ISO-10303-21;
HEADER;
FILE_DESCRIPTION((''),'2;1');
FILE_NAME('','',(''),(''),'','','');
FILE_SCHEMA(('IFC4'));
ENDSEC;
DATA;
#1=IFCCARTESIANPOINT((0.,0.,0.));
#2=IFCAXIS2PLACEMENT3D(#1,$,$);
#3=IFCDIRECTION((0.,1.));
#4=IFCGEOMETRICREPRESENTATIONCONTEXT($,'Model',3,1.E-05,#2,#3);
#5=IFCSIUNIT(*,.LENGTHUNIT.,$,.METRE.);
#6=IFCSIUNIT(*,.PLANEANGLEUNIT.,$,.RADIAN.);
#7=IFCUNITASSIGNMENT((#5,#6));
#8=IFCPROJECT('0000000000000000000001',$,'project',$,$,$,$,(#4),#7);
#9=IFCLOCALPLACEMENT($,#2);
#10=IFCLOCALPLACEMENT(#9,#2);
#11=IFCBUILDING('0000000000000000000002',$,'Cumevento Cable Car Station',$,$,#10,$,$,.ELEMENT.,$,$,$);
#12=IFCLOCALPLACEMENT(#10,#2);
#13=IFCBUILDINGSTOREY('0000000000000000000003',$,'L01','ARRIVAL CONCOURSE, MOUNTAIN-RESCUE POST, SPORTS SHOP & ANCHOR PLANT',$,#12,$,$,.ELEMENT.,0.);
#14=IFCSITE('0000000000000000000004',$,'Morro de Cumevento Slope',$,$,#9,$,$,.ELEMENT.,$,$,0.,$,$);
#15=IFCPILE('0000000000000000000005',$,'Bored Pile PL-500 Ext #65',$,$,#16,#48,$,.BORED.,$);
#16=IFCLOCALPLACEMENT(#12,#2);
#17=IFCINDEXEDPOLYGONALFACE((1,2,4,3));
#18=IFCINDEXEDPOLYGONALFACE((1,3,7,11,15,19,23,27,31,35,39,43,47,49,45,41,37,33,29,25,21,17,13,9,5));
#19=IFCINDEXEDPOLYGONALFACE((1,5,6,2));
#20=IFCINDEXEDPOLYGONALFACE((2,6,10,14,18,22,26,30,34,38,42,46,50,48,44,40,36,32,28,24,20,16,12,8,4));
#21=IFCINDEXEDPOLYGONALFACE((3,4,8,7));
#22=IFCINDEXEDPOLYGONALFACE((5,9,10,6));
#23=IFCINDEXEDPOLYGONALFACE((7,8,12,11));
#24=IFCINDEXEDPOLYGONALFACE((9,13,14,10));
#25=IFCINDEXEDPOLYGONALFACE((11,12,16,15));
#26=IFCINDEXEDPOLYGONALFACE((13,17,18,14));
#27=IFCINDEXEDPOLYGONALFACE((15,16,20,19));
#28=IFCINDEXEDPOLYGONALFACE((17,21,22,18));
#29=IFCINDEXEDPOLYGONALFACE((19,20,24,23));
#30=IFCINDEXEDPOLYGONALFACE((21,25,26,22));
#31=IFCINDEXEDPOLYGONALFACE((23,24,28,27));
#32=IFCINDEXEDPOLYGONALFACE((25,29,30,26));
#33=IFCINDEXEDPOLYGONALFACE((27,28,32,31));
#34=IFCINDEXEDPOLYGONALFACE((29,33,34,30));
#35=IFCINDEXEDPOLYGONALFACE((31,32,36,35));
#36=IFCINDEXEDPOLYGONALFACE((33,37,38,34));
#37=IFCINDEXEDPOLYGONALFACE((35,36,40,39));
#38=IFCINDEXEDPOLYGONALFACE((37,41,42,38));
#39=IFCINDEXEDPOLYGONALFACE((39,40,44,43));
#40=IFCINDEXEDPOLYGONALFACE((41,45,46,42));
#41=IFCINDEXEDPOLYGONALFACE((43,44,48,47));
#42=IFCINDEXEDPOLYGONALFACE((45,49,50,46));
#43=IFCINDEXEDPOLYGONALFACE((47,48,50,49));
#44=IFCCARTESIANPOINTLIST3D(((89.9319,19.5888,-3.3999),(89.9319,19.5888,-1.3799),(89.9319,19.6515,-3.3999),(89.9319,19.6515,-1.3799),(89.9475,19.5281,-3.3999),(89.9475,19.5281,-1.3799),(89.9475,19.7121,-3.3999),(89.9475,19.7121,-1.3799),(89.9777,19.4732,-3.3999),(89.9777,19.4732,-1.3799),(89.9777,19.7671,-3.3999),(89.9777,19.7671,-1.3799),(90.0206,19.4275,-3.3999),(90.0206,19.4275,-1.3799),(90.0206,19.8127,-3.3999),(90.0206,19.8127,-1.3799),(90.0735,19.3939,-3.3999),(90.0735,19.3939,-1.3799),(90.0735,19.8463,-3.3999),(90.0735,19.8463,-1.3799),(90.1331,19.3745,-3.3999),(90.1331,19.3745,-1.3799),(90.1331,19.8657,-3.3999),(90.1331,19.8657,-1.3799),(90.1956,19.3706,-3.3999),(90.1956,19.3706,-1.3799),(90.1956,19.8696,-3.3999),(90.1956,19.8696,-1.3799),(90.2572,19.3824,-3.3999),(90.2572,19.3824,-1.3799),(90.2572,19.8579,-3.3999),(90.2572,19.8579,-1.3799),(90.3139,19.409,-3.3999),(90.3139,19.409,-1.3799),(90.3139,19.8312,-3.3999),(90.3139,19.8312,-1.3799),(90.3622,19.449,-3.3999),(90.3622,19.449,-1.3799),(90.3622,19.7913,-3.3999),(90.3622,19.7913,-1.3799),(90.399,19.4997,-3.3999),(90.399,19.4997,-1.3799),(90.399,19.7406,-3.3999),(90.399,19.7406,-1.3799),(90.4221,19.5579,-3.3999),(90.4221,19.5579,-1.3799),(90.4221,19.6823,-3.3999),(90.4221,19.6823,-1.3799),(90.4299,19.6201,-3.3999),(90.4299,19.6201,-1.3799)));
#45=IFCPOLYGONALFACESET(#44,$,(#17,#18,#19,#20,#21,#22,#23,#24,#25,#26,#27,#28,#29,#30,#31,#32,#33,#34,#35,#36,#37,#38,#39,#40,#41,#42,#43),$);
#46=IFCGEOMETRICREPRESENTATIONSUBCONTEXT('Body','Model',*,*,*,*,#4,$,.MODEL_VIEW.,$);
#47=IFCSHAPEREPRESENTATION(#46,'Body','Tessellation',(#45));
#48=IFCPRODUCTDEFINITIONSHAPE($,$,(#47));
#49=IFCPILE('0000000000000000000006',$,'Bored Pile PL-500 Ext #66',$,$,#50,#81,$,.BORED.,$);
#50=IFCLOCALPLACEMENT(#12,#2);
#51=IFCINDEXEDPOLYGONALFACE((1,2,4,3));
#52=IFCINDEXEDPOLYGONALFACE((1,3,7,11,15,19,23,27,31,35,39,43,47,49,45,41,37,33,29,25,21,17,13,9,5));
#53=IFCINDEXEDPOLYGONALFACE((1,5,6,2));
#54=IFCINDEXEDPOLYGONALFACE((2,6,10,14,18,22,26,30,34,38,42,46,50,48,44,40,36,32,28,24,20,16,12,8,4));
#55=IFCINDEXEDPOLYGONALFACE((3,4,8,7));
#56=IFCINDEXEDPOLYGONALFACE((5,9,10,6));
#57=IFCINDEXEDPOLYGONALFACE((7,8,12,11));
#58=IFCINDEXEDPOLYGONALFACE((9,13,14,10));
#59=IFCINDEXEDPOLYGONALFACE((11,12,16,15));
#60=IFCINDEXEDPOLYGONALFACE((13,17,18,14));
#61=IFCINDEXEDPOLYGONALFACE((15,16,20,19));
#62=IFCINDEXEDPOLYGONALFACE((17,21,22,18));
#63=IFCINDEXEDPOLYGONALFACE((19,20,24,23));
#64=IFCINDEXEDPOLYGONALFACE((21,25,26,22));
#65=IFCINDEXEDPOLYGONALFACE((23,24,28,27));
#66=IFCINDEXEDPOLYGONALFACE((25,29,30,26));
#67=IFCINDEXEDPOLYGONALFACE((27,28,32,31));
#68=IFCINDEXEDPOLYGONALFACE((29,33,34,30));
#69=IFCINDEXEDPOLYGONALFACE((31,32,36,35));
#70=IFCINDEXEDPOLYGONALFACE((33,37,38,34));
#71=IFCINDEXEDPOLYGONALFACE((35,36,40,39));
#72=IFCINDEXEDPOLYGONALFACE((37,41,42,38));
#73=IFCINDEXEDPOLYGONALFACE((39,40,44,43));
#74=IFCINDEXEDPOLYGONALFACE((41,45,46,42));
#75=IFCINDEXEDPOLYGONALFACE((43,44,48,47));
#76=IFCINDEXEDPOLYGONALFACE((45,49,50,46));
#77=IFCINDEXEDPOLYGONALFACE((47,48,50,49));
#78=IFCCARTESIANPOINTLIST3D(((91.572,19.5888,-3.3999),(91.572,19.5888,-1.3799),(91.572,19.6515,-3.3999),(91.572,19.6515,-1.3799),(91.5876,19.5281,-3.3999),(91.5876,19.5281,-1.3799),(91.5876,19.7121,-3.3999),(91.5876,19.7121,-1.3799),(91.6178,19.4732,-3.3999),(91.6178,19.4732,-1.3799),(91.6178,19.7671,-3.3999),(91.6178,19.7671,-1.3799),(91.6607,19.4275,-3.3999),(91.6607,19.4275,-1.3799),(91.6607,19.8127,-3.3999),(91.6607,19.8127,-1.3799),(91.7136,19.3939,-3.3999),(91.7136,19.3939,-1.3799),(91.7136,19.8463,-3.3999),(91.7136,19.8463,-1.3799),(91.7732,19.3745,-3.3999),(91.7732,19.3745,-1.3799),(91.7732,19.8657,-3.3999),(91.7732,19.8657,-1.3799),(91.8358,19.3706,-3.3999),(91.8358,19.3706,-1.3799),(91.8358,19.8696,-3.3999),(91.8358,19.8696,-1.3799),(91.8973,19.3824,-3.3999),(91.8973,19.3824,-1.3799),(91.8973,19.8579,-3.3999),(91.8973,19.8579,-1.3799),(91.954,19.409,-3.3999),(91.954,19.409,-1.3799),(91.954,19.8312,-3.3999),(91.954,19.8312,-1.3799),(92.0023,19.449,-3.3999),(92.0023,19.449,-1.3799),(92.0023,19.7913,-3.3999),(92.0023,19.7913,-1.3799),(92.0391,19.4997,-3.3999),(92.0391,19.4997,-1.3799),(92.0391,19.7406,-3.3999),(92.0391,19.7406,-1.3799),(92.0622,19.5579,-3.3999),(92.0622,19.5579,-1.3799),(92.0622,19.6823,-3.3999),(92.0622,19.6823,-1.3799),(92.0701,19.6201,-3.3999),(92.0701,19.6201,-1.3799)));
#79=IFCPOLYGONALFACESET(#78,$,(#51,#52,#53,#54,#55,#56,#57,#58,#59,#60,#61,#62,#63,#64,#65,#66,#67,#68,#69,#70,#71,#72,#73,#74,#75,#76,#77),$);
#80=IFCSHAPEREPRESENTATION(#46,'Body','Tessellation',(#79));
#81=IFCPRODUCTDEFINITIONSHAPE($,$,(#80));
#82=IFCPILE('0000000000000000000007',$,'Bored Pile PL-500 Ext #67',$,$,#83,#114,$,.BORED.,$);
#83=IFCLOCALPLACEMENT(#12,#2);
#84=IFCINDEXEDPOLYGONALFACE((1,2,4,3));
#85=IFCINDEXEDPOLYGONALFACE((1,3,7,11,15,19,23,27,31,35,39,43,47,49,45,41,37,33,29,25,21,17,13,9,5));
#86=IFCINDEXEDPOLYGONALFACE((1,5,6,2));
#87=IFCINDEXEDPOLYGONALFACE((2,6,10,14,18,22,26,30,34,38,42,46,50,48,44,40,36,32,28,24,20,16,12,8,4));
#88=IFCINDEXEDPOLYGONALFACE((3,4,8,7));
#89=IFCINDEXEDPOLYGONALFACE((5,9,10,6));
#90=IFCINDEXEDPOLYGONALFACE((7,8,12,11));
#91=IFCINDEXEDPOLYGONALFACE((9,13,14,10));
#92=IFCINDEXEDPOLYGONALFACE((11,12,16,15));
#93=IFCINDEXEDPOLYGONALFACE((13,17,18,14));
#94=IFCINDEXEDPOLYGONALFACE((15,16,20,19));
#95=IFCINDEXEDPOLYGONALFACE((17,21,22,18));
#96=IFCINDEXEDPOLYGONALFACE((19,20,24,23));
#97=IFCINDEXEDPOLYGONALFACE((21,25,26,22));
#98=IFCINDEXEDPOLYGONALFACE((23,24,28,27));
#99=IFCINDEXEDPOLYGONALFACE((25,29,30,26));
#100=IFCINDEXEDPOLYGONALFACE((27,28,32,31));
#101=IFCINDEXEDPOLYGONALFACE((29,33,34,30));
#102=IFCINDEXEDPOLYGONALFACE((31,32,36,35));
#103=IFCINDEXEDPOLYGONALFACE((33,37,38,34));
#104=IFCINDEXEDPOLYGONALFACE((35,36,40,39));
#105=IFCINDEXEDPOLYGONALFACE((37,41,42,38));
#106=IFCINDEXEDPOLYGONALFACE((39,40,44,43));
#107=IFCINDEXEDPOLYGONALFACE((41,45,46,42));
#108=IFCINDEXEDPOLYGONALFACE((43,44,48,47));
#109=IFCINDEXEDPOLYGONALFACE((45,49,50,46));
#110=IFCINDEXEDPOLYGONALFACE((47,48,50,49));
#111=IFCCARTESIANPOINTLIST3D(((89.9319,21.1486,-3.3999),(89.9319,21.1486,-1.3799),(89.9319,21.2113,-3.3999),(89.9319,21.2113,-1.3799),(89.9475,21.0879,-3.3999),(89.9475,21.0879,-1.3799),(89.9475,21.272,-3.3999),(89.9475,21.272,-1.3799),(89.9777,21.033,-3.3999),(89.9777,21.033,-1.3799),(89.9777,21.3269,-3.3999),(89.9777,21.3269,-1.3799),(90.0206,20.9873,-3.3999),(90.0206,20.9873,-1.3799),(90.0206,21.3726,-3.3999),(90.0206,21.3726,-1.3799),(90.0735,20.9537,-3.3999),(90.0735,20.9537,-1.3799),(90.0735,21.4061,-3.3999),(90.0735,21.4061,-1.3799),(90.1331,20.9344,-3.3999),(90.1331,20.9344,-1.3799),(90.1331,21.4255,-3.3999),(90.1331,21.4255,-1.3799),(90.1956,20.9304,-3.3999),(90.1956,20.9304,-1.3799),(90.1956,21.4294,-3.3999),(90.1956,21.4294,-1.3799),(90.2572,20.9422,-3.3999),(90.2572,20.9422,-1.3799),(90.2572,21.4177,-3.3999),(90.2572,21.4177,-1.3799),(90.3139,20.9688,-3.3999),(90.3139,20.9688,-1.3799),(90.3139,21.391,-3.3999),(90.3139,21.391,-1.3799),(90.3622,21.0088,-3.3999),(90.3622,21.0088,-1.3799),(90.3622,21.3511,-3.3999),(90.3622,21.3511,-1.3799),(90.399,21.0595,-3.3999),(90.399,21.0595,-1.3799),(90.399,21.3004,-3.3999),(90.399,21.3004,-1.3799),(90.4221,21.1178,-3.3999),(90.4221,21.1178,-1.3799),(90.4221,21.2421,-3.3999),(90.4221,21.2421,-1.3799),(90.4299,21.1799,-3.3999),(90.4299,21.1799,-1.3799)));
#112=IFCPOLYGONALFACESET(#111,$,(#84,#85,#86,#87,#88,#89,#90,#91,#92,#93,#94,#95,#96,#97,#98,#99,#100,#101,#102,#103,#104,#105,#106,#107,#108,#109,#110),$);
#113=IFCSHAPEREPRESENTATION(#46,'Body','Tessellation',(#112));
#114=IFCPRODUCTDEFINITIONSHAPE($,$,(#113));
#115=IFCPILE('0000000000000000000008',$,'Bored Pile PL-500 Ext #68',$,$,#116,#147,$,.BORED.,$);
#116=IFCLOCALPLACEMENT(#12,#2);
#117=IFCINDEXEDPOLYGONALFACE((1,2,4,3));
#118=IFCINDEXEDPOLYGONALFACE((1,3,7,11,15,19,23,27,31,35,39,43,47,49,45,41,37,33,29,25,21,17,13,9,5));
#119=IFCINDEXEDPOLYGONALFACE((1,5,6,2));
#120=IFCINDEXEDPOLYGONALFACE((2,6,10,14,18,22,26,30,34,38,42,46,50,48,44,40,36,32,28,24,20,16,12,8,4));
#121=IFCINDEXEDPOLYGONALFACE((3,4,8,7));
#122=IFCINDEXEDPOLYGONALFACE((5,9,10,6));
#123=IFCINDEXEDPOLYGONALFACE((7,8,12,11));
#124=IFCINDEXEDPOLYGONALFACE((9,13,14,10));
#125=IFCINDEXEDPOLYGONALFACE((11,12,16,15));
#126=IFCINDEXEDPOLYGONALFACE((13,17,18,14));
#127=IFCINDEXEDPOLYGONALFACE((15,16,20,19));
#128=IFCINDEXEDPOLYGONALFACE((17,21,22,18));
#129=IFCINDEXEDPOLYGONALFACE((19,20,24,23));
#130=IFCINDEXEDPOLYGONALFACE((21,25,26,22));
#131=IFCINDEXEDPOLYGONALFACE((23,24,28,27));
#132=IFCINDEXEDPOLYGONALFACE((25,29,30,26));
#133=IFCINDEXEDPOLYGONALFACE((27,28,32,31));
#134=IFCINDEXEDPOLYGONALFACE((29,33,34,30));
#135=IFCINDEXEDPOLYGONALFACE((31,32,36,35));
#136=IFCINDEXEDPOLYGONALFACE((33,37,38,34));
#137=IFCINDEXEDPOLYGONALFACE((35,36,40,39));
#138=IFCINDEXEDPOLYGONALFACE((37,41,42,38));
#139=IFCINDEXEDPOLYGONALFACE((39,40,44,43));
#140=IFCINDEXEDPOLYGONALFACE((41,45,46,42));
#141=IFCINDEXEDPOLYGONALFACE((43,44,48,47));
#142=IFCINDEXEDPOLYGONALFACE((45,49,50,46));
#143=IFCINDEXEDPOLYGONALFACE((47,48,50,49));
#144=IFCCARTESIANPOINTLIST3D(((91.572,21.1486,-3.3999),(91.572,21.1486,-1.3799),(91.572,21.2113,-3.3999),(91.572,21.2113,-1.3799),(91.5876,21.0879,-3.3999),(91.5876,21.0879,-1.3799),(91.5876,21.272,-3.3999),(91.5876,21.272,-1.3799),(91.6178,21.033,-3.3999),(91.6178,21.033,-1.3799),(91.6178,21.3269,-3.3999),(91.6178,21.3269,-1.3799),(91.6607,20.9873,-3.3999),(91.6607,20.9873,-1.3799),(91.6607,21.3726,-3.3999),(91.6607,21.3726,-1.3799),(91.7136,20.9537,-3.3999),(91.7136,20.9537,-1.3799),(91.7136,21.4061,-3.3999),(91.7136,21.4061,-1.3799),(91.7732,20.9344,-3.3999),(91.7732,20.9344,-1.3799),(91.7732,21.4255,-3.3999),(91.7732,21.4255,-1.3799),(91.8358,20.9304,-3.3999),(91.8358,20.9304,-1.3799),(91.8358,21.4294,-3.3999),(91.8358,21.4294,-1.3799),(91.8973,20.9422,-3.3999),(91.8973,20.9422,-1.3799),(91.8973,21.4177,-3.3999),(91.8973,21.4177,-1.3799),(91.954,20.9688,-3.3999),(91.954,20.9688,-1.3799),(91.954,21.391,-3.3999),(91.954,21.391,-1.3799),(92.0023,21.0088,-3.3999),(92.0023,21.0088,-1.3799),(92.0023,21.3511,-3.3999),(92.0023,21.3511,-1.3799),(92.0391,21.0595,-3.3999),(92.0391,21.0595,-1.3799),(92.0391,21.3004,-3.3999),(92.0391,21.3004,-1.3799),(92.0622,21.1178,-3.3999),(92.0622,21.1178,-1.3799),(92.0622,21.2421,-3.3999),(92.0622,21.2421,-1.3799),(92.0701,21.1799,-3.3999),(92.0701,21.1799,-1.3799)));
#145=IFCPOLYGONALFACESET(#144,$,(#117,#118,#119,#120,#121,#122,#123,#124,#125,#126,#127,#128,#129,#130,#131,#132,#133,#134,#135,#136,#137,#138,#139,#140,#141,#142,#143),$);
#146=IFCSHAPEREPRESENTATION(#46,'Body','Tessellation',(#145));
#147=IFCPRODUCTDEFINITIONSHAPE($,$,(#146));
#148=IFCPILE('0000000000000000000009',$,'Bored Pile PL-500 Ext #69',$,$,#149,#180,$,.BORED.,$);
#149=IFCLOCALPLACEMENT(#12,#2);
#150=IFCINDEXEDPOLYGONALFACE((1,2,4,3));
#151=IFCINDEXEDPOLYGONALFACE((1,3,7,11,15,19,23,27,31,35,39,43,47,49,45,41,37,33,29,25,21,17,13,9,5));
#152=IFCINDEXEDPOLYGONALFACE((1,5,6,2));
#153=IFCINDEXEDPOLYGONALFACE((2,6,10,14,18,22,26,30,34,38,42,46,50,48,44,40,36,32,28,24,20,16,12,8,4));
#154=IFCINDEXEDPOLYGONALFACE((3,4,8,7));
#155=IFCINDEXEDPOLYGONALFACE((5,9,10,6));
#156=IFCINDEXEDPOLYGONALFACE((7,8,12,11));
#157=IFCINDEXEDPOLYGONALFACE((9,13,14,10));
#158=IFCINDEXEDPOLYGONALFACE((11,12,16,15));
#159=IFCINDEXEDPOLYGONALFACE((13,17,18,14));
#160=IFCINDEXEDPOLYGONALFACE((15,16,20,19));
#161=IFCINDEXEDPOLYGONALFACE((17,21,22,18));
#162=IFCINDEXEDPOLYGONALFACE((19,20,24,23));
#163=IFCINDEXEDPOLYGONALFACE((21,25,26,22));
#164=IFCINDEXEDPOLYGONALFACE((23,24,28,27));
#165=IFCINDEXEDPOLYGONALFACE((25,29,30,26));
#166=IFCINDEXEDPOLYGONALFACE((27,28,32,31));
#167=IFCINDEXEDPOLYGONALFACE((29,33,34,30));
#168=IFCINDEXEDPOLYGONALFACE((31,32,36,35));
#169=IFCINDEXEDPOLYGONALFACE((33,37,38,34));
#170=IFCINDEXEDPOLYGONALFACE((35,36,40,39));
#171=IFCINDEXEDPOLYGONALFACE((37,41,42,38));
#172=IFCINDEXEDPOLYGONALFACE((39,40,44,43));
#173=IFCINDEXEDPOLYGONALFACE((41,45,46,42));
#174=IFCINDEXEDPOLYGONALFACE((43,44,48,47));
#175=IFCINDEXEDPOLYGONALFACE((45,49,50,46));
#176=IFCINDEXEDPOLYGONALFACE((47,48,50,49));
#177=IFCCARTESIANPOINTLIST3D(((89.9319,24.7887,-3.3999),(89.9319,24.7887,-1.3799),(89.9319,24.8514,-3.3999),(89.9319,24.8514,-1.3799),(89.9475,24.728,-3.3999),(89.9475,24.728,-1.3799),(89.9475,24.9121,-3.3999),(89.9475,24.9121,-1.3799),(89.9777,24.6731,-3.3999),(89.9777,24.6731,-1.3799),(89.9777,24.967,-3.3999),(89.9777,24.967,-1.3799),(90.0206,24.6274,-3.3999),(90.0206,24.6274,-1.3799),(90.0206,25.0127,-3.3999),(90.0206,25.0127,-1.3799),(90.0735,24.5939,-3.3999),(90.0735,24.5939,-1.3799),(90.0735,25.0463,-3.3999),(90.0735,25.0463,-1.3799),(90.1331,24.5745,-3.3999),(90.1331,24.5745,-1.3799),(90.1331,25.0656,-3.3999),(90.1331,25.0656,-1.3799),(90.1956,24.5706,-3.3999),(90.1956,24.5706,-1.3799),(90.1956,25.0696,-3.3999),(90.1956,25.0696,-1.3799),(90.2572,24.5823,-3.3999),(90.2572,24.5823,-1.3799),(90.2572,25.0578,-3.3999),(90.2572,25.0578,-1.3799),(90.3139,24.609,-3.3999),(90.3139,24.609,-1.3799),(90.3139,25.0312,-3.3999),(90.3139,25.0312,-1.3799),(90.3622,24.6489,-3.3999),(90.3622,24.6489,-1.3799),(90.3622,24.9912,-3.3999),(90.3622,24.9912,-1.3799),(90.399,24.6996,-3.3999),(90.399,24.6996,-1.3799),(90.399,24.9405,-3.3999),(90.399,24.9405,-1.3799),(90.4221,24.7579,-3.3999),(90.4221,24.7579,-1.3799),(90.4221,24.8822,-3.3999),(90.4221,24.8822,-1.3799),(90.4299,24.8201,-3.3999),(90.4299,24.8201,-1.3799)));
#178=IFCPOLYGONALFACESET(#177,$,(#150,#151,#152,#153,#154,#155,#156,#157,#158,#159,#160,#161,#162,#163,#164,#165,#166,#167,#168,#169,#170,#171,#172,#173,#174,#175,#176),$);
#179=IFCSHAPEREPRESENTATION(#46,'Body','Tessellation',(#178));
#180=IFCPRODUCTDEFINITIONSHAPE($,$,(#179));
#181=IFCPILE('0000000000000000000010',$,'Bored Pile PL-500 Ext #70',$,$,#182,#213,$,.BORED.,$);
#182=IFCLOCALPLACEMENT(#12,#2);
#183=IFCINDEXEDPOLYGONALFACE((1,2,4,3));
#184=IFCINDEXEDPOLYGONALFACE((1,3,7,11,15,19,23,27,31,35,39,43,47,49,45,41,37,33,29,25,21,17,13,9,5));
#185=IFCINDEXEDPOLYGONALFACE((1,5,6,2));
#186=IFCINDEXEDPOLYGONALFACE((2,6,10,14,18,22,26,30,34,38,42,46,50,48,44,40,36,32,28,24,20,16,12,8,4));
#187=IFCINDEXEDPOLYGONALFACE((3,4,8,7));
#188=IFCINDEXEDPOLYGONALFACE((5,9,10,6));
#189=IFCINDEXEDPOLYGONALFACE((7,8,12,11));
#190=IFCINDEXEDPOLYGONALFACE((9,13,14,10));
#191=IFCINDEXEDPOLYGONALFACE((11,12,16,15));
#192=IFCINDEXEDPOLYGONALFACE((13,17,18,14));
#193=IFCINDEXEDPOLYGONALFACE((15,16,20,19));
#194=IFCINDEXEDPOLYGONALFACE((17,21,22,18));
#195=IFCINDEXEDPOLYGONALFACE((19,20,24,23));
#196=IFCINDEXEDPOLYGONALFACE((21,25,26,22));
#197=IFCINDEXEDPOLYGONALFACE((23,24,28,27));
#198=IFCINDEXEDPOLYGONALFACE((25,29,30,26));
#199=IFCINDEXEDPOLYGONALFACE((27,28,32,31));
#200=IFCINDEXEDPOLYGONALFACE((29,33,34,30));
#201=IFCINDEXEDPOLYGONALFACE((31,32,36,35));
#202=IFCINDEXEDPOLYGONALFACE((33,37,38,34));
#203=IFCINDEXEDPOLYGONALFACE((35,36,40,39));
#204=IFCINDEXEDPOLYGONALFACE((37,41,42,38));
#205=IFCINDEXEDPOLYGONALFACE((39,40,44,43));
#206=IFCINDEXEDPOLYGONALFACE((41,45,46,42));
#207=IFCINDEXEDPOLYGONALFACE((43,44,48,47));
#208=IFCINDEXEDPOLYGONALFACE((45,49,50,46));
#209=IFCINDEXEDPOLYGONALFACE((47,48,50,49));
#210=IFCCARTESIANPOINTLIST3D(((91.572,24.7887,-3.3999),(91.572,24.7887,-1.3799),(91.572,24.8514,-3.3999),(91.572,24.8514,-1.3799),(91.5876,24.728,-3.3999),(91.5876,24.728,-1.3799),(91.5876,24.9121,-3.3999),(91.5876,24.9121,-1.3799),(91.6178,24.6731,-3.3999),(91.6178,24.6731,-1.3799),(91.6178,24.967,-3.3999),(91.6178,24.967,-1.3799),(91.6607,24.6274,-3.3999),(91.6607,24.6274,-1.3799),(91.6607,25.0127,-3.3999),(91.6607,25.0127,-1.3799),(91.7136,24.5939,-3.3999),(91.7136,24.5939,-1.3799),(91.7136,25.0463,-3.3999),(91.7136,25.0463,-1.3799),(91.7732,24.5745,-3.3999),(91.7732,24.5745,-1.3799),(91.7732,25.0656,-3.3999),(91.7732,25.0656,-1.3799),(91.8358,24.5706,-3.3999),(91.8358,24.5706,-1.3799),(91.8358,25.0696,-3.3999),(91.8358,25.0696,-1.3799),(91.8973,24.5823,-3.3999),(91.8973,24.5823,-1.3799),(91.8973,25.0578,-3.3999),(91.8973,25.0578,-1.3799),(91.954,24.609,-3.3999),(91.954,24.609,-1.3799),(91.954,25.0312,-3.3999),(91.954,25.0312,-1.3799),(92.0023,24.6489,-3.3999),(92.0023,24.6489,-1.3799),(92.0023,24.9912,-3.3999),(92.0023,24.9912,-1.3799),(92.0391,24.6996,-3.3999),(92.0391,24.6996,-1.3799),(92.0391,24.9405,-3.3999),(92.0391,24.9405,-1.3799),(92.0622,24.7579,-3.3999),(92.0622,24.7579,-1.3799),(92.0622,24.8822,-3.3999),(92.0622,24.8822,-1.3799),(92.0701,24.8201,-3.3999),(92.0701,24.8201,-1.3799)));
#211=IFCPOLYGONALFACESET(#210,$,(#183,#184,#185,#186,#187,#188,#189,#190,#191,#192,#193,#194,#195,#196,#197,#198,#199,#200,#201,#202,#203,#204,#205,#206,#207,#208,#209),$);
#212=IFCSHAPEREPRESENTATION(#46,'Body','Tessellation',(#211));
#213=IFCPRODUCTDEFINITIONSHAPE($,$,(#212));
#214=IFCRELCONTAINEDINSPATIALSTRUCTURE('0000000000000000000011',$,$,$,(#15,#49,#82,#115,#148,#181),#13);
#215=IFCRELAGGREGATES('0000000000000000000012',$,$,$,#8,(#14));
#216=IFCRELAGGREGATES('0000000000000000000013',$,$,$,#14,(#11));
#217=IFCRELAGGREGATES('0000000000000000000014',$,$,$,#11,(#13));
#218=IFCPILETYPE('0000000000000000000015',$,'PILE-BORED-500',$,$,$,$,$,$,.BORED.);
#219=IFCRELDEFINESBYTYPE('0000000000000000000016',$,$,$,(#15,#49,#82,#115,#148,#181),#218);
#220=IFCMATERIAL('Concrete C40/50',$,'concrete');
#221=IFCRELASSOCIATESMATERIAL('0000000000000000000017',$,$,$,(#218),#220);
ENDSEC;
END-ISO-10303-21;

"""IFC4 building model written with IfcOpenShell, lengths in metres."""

from ifc_helpers import new_model, si_unit, direction, frame, origin, origin_2d, place, context, subcontext, project, spatial, circle, extrude, material, material_profile, profile_set, type_object, element, save


model = new_model("IFC4")

# Units and contexts
model_context = context("Model", 3, precision=1e-05, world=origin(), true_north=direction((0.0, 1.0)))
body_context = subcontext(model_context, "Body", "Model", "MODEL_VIEW")
ifc_project = project(units=[si_unit("LENGTHUNIT", "METRE"), si_unit("PLANEANGLEUNIT", "RADIAN")], contexts=[model_context])

# Site, building, storey
site_placement = place(None, origin())
site = spatial("IfcSite", under=ifc_project, at=site_placement, Name="Morro de Cumevento Slope", CompositionType="ELEMENT", RefElevation=0.0)
building_placement = place(site_placement, origin())
building = spatial("IfcBuilding", under=site, at=building_placement, Name="Cumevento Cable Car Station", CompositionType="ELEMENT")
storey_placement = place(building_placement, origin())
storey = spatial("IfcBuildingStorey", under=building, at=storey_placement, Name="L01", Description="ARRIVAL CONCOURSE, MOUNTAIN-RESCUE POST, SPORTS SHOP & ANCHOR PLANT", CompositionType="ELEMENT", Elevation=0.0)

# Piles
ifc_material_1 = material(Name="Concrete C40/50", Category="concrete")
ifc_material_profile_1 = material_profile(ifc_material_1, circle(Radius=0.25, at=origin_2d()), Name="PILE-D500")
ifc_profile_set_1 = profile_set([ifc_material_profile_1], Name="Concrete C40/50")
pile_type = type_object("IfcPileType", Name="PILE-BORED-500", PredefinedType="BORED", material=ifc_profile_set_1)
for number, where, z_axis, x_axis, name in (
    (1, (90.1799, 19.6201, -1.3799), (0.0, 0.0, -1.0), (1.0, 0.0, 0.0), "Bored Pile PL-500 Ext #65"),
    (2, (91.8201, 19.6201, -1.3799), (0.0, 0.0, -1.0), (1.0, 0.0, 0.0), "Bored Pile PL-500 Ext #66"),
    (3, (90.1799, 21.1799, -1.3799), (0.0, 0.0, -1.0), (1.0, 0.0, 0.0), "Bored Pile PL-500 Ext #67"),
    (4, (91.8201, 21.1799, -1.3799), (0.0, 0.0, -1.0), (1.0, 0.0, 0.0), "Bored Pile PL-500 Ext #68"),
    (5, (90.1799, 24.8201, -1.3799), (0.0, 0.0, -1.0), (1.0, 0.0, 0.0), "Bored Pile PL-500 Ext #69"),
    (6, (91.8201, 24.8201, -1.3799), (0.0, 0.0, -1.0), (1.0, 0.0, 0.0), "Bored Pile PL-500 Ext #70"),
):
    element("IfcPile", number, at=place(storey_placement, frame(where, z_axis=z_axis, x_axis=x_axis)), inside=storey, type_object=pile_type, Name=name, PredefinedType="BORED", context=body_context, shape_type="SweptSolid", body=[
        extrude(circle(Radius=0.25, at=origin_2d()), origin(), (0.0, 0.0, 1.0), 2.02),
    ])

save(model, "model.ifc")
